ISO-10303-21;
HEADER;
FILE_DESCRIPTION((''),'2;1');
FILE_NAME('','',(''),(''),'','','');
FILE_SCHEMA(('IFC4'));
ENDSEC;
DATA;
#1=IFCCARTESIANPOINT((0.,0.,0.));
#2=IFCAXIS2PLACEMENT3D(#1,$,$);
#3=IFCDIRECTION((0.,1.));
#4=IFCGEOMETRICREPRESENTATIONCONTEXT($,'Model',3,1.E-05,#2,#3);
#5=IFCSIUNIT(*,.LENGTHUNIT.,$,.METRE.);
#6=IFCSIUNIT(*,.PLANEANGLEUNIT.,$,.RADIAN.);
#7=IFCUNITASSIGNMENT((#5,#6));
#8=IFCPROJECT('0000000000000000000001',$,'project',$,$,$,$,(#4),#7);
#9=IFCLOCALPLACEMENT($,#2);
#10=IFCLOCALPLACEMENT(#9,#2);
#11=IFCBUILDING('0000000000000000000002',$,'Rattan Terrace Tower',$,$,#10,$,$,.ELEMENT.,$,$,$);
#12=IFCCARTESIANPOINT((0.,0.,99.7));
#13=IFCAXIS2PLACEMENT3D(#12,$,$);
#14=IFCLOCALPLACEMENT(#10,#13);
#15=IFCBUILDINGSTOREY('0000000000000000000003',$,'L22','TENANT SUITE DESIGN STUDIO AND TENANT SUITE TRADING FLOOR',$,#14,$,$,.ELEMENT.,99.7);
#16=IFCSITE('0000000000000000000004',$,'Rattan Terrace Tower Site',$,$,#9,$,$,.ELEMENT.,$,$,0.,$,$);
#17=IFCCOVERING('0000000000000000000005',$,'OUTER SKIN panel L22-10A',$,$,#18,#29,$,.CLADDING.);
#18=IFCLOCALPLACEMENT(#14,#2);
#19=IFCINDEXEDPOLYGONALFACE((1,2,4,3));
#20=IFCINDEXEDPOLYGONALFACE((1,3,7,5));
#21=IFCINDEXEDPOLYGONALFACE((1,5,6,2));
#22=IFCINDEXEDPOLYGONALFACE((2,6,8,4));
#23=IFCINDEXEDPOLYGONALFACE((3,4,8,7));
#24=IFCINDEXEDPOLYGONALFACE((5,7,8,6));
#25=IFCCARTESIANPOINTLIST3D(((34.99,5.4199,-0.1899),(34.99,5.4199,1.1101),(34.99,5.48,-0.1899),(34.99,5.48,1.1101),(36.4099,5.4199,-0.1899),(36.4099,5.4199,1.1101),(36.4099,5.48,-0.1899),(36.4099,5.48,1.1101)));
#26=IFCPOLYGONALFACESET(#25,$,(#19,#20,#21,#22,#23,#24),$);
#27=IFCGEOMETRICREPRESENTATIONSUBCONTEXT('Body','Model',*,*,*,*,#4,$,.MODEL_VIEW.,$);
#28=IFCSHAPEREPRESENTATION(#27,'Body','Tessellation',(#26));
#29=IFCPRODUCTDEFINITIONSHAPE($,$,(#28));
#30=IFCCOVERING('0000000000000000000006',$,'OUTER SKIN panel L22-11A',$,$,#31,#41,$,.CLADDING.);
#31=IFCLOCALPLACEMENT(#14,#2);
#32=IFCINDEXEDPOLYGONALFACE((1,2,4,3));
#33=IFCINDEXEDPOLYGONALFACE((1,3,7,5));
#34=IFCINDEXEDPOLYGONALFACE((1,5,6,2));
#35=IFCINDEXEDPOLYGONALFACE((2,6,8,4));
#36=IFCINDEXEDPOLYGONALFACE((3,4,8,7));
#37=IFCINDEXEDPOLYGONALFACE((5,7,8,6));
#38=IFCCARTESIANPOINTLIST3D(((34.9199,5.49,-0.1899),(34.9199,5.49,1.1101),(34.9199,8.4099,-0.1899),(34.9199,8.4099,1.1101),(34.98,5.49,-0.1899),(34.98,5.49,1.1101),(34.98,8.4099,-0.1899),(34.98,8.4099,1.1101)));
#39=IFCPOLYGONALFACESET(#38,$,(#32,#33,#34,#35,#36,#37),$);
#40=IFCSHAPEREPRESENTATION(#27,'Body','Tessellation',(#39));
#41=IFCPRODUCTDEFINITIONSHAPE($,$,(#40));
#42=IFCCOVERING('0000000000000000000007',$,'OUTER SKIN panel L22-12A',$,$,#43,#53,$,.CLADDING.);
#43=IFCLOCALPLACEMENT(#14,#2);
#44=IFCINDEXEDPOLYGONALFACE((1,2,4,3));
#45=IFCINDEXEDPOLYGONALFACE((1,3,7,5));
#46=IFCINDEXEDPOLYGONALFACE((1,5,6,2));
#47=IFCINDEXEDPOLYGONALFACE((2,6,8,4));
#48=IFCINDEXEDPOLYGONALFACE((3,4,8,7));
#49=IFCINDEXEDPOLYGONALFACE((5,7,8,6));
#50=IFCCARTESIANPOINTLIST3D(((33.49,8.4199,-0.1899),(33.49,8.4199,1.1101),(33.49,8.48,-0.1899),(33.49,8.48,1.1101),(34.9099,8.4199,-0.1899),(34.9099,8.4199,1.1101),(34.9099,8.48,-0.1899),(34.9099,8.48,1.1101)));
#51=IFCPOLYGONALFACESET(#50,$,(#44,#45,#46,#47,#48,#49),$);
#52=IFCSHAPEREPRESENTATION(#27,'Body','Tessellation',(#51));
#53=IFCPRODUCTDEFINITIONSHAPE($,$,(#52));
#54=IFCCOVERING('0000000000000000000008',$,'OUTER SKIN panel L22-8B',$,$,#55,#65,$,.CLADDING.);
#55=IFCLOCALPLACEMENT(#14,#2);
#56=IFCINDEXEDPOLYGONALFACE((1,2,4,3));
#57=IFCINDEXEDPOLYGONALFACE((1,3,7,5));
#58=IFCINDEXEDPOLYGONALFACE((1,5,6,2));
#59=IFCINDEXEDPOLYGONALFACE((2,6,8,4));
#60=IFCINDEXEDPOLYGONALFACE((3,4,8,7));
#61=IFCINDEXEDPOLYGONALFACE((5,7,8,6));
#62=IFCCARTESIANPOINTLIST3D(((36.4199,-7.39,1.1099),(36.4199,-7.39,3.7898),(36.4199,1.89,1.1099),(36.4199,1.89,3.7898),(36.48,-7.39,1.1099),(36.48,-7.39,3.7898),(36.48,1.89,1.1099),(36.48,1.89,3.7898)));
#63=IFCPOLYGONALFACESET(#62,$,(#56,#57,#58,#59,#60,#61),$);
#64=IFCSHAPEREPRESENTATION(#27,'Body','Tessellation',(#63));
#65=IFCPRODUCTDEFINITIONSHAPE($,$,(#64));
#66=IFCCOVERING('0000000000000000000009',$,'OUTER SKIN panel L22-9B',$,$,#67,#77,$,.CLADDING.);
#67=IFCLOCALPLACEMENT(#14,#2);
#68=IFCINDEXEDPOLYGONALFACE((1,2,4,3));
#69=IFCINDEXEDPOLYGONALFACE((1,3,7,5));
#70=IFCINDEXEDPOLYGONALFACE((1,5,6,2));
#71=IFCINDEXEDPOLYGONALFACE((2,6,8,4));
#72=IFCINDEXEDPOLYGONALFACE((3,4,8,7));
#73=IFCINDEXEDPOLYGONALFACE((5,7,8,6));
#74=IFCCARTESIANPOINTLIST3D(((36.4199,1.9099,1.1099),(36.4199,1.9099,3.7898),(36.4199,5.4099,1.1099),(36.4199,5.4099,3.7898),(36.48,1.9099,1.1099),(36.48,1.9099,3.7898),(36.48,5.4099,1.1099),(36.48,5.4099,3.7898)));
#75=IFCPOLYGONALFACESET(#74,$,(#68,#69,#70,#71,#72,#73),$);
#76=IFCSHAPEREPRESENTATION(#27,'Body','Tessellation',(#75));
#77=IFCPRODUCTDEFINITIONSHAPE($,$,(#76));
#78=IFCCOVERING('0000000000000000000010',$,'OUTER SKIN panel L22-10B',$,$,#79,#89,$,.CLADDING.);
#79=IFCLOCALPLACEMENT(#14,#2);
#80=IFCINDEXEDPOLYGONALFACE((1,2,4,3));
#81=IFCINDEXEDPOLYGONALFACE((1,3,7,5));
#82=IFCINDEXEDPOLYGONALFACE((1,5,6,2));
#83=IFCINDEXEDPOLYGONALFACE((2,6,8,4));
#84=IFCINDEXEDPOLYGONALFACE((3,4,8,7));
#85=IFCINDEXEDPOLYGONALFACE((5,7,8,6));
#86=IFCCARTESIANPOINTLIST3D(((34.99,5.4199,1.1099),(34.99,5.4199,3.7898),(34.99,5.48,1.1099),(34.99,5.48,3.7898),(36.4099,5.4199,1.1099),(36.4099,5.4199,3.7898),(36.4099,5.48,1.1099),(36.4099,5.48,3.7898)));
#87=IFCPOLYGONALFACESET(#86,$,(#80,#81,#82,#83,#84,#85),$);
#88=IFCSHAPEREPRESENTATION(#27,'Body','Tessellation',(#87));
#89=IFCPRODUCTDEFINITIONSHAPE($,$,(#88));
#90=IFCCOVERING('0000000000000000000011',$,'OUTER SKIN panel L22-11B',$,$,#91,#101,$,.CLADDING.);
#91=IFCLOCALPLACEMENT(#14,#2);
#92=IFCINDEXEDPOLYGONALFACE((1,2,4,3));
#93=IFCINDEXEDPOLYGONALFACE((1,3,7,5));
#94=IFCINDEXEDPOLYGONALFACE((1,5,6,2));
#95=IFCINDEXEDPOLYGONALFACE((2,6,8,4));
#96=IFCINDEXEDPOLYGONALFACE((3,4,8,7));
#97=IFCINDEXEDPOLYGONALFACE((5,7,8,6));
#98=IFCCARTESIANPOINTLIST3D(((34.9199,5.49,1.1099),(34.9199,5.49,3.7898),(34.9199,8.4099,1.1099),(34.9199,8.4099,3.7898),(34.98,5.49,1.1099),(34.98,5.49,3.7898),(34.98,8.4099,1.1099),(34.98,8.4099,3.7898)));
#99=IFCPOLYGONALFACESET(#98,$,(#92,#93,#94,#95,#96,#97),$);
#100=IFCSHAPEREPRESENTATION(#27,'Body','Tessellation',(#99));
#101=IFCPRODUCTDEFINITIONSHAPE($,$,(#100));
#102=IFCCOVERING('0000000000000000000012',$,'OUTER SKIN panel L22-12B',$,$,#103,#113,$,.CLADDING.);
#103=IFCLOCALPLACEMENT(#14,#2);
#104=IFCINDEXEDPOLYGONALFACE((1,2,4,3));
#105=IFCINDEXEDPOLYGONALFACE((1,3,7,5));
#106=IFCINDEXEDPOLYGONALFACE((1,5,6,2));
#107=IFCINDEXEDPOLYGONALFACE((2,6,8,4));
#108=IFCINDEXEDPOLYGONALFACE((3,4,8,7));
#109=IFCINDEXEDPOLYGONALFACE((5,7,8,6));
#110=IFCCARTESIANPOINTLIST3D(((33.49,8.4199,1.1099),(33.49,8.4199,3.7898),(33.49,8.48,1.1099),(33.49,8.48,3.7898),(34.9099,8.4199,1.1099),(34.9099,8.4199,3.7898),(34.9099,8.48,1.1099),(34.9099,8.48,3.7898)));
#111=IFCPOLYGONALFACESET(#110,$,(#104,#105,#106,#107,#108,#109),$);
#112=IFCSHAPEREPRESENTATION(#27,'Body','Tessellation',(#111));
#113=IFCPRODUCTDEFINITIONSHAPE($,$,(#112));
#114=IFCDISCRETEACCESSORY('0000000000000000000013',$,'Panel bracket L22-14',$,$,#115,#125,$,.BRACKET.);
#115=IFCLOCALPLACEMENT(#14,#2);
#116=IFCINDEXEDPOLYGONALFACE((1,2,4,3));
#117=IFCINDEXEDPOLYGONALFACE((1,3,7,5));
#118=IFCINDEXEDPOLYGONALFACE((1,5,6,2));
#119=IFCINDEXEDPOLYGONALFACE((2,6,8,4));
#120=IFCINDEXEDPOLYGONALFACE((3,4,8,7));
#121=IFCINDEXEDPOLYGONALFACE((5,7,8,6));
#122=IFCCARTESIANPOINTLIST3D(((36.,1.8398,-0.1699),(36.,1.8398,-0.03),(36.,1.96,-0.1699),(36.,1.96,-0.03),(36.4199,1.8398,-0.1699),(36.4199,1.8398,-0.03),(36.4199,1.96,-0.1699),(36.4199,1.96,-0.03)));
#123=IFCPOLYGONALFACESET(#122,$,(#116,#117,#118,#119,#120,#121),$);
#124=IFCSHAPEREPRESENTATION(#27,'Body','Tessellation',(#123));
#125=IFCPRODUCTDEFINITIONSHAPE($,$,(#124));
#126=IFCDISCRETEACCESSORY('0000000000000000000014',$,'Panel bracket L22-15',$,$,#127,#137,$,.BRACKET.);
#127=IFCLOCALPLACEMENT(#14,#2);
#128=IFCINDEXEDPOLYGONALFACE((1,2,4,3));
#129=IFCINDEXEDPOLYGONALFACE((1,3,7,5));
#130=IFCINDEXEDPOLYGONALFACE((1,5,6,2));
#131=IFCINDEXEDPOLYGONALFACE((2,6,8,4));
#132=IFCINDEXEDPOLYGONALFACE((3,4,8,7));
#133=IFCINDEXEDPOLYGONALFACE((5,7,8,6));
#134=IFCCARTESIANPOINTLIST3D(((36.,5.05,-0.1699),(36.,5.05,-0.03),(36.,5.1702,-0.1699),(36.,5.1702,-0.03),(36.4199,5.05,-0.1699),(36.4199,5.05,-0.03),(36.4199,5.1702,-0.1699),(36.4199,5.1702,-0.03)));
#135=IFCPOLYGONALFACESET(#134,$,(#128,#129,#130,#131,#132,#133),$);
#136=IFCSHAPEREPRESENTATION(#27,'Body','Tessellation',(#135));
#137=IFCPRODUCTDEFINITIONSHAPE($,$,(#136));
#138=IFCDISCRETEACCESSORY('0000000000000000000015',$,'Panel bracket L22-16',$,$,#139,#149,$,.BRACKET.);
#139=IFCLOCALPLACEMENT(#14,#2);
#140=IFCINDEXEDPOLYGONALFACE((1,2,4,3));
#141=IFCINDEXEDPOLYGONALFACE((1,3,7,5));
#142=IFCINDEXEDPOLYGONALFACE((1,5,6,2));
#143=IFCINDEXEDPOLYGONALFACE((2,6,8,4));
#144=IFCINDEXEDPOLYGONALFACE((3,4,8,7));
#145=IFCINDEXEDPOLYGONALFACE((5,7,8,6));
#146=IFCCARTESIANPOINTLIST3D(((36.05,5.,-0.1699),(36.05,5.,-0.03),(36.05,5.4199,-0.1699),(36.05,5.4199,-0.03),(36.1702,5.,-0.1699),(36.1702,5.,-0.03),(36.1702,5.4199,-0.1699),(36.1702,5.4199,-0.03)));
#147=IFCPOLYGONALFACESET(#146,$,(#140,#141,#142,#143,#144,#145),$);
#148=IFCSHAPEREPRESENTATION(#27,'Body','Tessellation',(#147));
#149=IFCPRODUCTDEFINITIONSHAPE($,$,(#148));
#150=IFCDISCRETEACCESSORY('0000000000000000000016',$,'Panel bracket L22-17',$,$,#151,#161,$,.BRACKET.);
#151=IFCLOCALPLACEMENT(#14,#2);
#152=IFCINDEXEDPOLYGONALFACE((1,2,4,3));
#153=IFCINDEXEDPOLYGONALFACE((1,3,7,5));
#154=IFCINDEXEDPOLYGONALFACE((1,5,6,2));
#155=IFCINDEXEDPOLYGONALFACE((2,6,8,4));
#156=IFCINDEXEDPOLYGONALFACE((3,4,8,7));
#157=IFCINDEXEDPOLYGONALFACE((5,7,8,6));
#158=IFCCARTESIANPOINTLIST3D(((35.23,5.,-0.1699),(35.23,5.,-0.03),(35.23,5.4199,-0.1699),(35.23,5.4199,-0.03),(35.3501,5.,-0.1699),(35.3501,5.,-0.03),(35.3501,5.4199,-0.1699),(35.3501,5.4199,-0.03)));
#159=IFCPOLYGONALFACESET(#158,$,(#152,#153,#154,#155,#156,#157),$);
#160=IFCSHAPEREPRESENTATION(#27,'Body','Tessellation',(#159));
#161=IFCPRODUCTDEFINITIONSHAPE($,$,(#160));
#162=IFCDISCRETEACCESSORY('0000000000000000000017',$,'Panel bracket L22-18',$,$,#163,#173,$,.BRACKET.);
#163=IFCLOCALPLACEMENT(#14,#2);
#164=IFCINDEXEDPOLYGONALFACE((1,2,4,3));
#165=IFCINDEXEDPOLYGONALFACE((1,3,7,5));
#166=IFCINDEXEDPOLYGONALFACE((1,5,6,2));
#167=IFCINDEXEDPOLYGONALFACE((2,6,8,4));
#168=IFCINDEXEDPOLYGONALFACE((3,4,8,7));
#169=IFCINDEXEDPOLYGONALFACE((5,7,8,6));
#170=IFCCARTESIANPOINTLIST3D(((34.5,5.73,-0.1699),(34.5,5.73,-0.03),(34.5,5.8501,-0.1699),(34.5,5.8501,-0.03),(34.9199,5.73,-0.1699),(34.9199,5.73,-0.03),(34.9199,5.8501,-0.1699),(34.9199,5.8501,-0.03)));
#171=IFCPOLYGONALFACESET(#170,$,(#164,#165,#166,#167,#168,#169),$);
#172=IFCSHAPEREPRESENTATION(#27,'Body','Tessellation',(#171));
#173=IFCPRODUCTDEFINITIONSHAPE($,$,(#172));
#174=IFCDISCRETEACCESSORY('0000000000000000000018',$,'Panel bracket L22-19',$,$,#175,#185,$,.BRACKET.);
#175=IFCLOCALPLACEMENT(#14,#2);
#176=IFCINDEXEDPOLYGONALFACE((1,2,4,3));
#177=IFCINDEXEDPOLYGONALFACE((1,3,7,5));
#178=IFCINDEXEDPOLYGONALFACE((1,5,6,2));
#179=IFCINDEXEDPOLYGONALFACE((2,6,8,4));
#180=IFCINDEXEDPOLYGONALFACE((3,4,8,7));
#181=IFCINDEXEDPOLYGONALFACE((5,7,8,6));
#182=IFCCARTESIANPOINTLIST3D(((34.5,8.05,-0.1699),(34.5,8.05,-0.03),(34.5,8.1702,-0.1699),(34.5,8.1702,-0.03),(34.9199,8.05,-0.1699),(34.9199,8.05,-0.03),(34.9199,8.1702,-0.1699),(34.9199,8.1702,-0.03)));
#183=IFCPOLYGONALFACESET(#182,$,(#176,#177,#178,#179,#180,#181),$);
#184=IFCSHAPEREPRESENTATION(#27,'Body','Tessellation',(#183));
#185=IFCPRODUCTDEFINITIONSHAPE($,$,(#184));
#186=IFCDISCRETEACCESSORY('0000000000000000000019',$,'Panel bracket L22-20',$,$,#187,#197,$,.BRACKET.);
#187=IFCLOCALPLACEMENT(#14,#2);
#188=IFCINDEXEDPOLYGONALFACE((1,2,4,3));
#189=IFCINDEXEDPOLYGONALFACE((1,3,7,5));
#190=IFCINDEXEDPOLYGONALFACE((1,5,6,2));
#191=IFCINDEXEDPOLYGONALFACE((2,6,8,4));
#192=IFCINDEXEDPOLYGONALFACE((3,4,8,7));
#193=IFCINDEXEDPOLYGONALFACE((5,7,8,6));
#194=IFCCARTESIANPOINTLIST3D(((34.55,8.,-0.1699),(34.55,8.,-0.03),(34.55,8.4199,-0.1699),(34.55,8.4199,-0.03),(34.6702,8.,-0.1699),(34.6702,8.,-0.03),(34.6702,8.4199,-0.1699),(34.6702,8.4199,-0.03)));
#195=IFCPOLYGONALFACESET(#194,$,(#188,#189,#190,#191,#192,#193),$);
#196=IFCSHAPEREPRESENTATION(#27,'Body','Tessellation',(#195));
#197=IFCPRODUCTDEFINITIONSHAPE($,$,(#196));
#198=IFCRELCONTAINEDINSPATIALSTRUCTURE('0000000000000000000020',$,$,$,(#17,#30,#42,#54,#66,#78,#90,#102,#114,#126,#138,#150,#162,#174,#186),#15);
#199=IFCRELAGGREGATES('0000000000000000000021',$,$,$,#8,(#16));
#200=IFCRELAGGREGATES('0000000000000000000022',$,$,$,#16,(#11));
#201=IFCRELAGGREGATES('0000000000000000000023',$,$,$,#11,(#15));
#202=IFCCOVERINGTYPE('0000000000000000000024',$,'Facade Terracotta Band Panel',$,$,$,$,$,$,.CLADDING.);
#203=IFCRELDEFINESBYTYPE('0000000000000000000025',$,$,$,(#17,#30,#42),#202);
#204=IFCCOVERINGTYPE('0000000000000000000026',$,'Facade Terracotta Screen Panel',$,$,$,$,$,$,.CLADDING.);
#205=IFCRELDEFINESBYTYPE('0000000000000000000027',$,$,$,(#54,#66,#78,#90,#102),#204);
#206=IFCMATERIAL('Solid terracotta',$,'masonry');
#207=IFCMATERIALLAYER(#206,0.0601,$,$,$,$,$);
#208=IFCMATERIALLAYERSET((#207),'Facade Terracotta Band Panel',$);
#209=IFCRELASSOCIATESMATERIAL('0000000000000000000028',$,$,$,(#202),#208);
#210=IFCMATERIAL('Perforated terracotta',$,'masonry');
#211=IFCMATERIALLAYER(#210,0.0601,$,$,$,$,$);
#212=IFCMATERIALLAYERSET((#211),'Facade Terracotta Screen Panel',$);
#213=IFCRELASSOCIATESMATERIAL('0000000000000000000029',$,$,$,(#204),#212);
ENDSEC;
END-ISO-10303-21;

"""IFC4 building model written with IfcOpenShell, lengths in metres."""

from ifc_helpers import new_model, si_unit, direction, frame, origin, origin_2d, place, context, subcontext, project, spatial, rectangle, extrude, material, layer, layer_set, type_object, element, save


model = new_model("IFC4")

# Units and contexts
model_context = context("Model", 3, precision=1e-05, world=origin(), true_north=direction((0.0, 1.0)))
body_context = subcontext(model_context, "Body", "Model", "MODEL_VIEW")
ifc_project = project(units=[si_unit("LENGTHUNIT", "METRE"), si_unit("PLANEANGLEUNIT", "RADIAN")], contexts=[model_context])

# Site, building, storey
site_placement = place(None, origin())
site = spatial("IfcSite", under=ifc_project, at=site_placement, Name="Rattan Terrace Tower Site", CompositionType="ELEMENT", RefElevation=0.0)
building_placement = place(site_placement, origin())
building = spatial("IfcBuilding", under=site, at=building_placement, Name="Rattan Terrace Tower", CompositionType="ELEMENT")
storey_placement = place(building_placement, frame((0.0, 0.0, 99.7)))
storey = spatial("IfcBuildingStorey", under=building, at=storey_placement, Name="L22", Description="TENANT SUITE DESIGN STUDIO AND TENANT SUITE TRADING FLOOR", CompositionType="ELEMENT", Elevation=99.7)

# Coverings
ifc_material_1 = material(Name="Solid terracotta", Category="masonry")
ifc_layer_1 = layer(ifc_material_1, 0.0601)
ifc_layer_set_1 = layer_set([ifc_layer_1], Name="Facade Terracotta Band Panel")
covering_type_1 = type_object("IfcCoveringType", Name="Facade Terracotta Band Panel", PredefinedType="CLADDING", material=ifc_layer_set_1)
covering_1_placement = place(storey_placement, frame((35.7, 5.45, -0.1899), z_axis=(0.0, 0.0, 1.0), x_axis=(-1.0, 0.0, 0.0)))
element("IfcCovering", 1, at=covering_1_placement, inside=storey, type_object=covering_type_1, Name="OUTER SKIN panel L22-10A", PredefinedType="CLADDING", context=body_context, shape_type="SweptSolid", body=[
    extrude(rectangle(XDim=1.4199, YDim=0.0601, at=origin_2d()), origin(), (0.0, 0.0, 1.0), 1.3),
])
covering_2_placement = place(storey_placement, frame((34.95, 6.95, -0.1899), z_axis=(0.0, 0.0, 1.0), x_axis=(0.0, 1.0, 0.0)))
element("IfcCovering", 2, at=covering_2_placement, inside=storey, type_object=covering_type_1, Name="OUTER SKIN panel L22-11A", PredefinedType="CLADDING", context=body_context, shape_type="SweptSolid", body=[
    extrude(rectangle(XDim=2.9199, YDim=0.0601, at=origin_2d()), origin(), (0.0, 0.0, 1.0), 1.3),
])
covering_3_placement = place(storey_placement, frame((34.2, 8.45, -0.1899), z_axis=(0.0, 0.0, 1.0), x_axis=(-1.0, 0.0, 0.0)))
element("IfcCovering", 3, at=covering_3_placement, inside=storey, type_object=covering_type_1, Name="OUTER SKIN panel L22-12A", PredefinedType="CLADDING", context=body_context, shape_type="SweptSolid", body=[
    extrude(rectangle(XDim=1.4199, YDim=0.0601, at=origin_2d()), origin(), (0.0, 0.0, 1.0), 1.3),
])
ifc_material_2 = material(Name="Perforated terracotta", Category="masonry")
ifc_layer_2 = layer(ifc_material_2, 0.0601)
ifc_layer_set_2 = layer_set([ifc_layer_2], Name="Facade Terracotta Screen Panel")
covering_type_2 = type_object("IfcCoveringType", Name="Facade Terracotta Screen Panel", PredefinedType="CLADDING", material=ifc_layer_set_2)
covering_4_placement = place(storey_placement, frame((36.45, -2.75, 1.1099), z_axis=(0.0, 0.0, 1.0), x_axis=(0.0, 1.0, 0.0)))
element("IfcCovering", 4, at=covering_4_placement, inside=storey, type_object=covering_type_2, Name="OUTER SKIN panel L22-8B", PredefinedType="CLADDING", context=body_context, shape_type="SweptSolid", body=[
    extrude(rectangle(XDim=9.28, YDim=0.0601, at=origin_2d()), origin(), (0.0, 0.0, 1.0), 2.6799),
])
covering_5_placement = place(storey_placement, frame((36.45, 3.6599, 1.1099), z_axis=(0.0, 0.0, 1.0), x_axis=(0.0, 1.0, 0.0)))
element("IfcCovering", 5, at=covering_5_placement, inside=storey, type_object=covering_type_2, Name="OUTER SKIN panel L22-9B", PredefinedType="CLADDING", context=body_context, shape_type="SweptSolid", body=[
    extrude(rectangle(XDim=3.5, YDim=0.0601, at=origin_2d()), origin(), (0.0, 0.0, 1.0), 2.6799),
])
covering_6_placement = place(storey_placement, frame((35.7, 5.45, 1.1099), z_axis=(0.0, 0.0, 1.0), x_axis=(-1.0, 0.0, 0.0)))
element("IfcCovering", 6, at=covering_6_placement, inside=storey, type_object=covering_type_2, Name="OUTER SKIN panel L22-10B", PredefinedType="CLADDING", context=body_context, shape_type="SweptSolid", body=[
    extrude(rectangle(XDim=1.4199, YDim=0.0601, at=origin_2d()), origin(), (0.0, 0.0, 1.0), 2.6799),
])
covering_7_placement = place(storey_placement, frame((34.95, 6.95, 1.1099), z_axis=(0.0, 0.0, 1.0), x_axis=(0.0, 1.0, 0.0)))
element("IfcCovering", 7, at=covering_7_placement, inside=storey, type_object=covering_type_2, Name="OUTER SKIN panel L22-11B", PredefinedType="CLADDING", context=body_context, shape_type="SweptSolid", body=[
    extrude(rectangle(XDim=2.9199, YDim=0.0601, at=origin_2d()), origin(), (0.0, 0.0, 1.0), 2.6799),
])
covering_8_placement = place(storey_placement, frame((34.2, 8.45, 1.1099), z_axis=(0.0, 0.0, 1.0), x_axis=(-1.0, 0.0, 0.0)))
element("IfcCovering", 8, at=covering_8_placement, inside=storey, type_object=covering_type_2, Name="OUTER SKIN panel L22-12B", PredefinedType="CLADDING", context=body_context, shape_type="SweptSolid", body=[
    extrude(rectangle(XDim=1.4199, YDim=0.0601, at=origin_2d()), origin(), (0.0, 0.0, 1.0), 2.6799),
])

# Discrete accessories
for number, where, z_axis, x_axis, name in (
    (9, (36.21, 1.8999, -0.1699), (0.0, 0.0, 1.0), (0.0, 1.0, 0.0), "Panel bracket L22-14"),
    (10, (36.21, 5.1101, -0.1699), (0.0, 0.0, 1.0), (0.0, 1.0, 0.0), "Panel bracket L22-15"),
    (11, (36.1101, 5.21, -0.1699), (0.0, 0.0, 1.0), (-1.0, 0.0, 0.0), "Panel bracket L22-16"),
    (12, (35.29, 5.21, -0.1699), (0.0, 0.0, 1.0), (-1.0, 0.0, 0.0), "Panel bracket L22-17"),
    (13, (34.71, 5.79, -0.1699), (0.0, 0.0, 1.0), (0.0, 1.0, 0.0), "Panel bracket L22-18"),
    (14, (34.71, 8.1101, -0.1699), (0.0, 0.0, 1.0), (0.0, 1.0, 0.0), "Panel bracket L22-19"),
    (15, (34.6101, 8.21, -0.1699), (0.0, 0.0, 1.0), (-1.0, 0.0, 0.0), "Panel bracket L22-20"),
):
    element("IfcDiscreteAccessory", number, at=place(storey_placement, frame(where, z_axis=z_axis, x_axis=x_axis)), inside=storey, Name=name, PredefinedType="BRACKET", context=body_context, shape_type="SweptSolid", body=[
        extrude(rectangle(XDim=0.1201, YDim=0.4199, at=origin_2d()), origin(), (0.0, 0.0, 1.0), 0.1399),
    ])

save(model, "model.ifc")
